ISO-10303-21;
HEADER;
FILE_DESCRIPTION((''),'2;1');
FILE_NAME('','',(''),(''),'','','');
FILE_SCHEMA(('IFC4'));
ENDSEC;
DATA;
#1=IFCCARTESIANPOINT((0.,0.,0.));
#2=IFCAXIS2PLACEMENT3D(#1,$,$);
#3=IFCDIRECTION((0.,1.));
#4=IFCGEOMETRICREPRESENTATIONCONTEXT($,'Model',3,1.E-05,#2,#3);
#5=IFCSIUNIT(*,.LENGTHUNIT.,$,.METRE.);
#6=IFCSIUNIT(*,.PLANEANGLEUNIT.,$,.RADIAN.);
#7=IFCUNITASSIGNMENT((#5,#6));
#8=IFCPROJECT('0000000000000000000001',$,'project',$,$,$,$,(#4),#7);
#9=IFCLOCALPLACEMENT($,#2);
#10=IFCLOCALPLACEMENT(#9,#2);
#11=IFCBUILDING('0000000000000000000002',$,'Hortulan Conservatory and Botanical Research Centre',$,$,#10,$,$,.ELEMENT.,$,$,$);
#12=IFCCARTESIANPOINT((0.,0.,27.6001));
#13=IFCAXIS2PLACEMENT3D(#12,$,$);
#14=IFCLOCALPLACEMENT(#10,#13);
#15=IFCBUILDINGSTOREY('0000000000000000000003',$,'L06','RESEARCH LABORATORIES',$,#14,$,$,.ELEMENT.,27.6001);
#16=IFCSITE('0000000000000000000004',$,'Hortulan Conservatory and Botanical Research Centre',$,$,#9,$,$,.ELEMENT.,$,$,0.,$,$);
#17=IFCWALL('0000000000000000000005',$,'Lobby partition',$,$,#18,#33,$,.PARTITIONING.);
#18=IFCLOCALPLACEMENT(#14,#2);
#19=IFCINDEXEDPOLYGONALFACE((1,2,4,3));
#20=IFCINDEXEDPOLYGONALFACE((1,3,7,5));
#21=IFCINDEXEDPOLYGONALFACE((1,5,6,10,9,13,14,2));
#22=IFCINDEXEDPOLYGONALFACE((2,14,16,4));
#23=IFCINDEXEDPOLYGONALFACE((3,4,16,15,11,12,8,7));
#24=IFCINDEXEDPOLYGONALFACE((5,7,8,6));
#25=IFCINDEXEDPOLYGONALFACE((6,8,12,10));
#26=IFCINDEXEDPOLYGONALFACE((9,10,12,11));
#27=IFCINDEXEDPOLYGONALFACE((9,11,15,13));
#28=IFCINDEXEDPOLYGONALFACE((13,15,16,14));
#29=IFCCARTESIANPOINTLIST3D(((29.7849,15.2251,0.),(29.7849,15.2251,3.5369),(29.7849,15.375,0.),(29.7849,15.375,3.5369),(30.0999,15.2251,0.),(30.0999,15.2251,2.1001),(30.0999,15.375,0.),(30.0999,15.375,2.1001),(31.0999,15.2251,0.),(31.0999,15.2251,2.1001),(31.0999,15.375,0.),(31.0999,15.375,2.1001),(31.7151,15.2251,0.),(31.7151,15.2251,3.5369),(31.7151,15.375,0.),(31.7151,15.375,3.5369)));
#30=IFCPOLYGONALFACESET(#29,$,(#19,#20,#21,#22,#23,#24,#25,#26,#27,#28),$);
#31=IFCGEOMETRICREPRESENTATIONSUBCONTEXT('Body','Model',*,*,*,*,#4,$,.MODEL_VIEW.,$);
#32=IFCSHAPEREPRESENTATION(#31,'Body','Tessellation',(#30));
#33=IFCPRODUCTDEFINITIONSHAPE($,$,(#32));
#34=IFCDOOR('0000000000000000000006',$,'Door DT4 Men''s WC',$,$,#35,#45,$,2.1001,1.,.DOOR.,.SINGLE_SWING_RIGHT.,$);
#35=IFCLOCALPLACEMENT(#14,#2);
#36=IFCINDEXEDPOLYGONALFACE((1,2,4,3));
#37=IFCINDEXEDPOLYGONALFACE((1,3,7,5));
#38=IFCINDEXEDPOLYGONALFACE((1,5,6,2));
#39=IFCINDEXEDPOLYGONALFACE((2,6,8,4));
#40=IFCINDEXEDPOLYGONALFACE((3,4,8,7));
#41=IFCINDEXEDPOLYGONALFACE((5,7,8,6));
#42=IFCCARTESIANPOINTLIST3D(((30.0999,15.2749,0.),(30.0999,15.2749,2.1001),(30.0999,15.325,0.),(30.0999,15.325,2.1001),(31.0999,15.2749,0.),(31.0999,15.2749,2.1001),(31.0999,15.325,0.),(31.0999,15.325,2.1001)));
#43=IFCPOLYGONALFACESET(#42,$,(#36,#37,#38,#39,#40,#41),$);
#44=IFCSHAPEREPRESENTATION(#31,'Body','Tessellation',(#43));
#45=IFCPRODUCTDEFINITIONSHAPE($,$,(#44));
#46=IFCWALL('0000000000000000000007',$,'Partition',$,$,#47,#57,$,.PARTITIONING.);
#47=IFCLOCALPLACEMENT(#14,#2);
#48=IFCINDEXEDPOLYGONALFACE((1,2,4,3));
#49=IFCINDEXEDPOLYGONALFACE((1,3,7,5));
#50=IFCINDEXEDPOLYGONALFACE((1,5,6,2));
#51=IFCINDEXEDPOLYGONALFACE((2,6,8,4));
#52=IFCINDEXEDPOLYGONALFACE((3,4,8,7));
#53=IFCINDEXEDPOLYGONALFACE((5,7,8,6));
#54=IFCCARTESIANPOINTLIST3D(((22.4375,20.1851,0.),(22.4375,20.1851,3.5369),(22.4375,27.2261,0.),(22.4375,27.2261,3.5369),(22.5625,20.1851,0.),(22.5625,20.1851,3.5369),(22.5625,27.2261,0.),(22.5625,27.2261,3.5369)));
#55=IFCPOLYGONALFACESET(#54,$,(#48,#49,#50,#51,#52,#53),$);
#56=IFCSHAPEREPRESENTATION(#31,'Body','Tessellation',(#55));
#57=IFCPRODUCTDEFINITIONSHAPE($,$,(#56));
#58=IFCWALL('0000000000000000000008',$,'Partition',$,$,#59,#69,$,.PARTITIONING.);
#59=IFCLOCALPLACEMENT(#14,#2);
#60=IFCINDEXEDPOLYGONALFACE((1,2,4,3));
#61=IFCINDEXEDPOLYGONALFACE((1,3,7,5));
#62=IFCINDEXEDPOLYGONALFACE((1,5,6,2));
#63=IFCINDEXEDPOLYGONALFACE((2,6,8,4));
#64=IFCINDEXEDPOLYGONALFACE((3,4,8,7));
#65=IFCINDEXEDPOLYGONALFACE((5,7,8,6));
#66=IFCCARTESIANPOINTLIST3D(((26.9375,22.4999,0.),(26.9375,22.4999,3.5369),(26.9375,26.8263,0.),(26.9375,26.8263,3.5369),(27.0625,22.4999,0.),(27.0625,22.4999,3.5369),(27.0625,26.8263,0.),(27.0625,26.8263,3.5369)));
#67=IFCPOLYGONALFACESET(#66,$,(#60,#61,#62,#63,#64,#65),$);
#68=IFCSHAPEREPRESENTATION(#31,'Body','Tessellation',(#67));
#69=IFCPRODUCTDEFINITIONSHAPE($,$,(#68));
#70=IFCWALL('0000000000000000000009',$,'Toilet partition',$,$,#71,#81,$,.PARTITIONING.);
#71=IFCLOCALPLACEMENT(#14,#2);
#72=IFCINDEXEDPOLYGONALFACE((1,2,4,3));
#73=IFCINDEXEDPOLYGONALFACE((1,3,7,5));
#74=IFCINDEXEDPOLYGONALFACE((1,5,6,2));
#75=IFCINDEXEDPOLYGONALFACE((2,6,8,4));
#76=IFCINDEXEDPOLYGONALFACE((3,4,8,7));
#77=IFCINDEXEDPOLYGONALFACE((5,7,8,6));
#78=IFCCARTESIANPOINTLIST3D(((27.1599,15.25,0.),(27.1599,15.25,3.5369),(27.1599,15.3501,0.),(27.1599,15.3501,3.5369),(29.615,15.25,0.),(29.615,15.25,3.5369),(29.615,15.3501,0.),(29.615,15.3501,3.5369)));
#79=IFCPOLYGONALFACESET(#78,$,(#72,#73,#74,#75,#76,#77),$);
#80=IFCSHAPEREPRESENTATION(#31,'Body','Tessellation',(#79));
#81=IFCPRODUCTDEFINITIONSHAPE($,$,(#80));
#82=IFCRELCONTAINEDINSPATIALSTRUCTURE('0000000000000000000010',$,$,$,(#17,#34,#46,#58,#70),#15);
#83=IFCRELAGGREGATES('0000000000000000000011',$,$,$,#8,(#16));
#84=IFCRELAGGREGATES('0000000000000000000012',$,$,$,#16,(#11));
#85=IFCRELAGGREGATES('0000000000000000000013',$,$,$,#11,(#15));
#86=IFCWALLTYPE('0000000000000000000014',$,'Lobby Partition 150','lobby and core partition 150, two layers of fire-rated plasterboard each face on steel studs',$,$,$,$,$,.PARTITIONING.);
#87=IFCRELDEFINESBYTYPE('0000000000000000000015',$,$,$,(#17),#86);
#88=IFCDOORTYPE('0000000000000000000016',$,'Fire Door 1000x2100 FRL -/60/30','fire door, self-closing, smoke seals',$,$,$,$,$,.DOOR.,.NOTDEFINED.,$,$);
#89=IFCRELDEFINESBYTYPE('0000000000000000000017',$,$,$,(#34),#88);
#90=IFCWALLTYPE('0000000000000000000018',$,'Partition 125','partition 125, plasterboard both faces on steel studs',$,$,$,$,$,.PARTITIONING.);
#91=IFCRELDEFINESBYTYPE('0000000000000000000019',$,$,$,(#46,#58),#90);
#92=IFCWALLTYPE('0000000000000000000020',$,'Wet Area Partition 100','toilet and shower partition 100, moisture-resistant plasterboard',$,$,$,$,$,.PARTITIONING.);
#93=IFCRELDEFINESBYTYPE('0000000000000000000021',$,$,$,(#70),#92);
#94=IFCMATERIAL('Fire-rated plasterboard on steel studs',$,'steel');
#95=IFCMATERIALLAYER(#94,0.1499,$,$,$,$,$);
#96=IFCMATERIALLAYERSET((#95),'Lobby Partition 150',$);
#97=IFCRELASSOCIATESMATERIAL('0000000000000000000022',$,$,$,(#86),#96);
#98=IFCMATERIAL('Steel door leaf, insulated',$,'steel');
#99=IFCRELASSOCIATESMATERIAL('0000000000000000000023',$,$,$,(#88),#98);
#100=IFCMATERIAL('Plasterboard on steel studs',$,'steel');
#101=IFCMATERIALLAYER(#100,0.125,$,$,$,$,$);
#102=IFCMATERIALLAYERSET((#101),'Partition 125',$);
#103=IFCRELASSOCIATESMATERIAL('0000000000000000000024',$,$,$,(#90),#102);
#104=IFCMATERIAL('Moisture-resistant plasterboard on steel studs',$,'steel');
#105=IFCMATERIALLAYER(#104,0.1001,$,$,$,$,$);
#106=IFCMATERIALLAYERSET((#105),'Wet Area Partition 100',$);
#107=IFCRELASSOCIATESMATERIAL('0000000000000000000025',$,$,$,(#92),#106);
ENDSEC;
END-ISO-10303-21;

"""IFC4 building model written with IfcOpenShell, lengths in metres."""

from ifc_helpers import new_model, si_unit, direction, frame, frame_2d, origin, place, context, subcontext, project, spatial, rectangle, extrude, material, layer, layer_set, type_object, element, fill, save


model = new_model("IFC4")

# Units and contexts
model_context = context("Model", 3, precision=1e-05, world=origin(), true_north=direction((0.0, 1.0)))
body_context = subcontext(model_context, "Body", "Model", "MODEL_VIEW")
ifc_project = project(units=[si_unit("LENGTHUNIT", "METRE"), si_unit("PLANEANGLEUNIT", "RADIAN")], contexts=[model_context])

# Site, building, storey
site_placement = place(None, origin())
site = spatial("IfcSite", under=ifc_project, at=site_placement, Name="Hortulan Conservatory and Botanical Research Centre", CompositionType="ELEMENT", RefElevation=0.0)
building_placement = place(site_placement, origin())
building = spatial("IfcBuilding", under=site, at=building_placement, Name="Hortulan Conservatory and Botanical Research Centre", CompositionType="ELEMENT")
storey_placement = place(building_placement, frame((0.0, 0.0, 27.6001)))
storey = spatial("IfcBuildingStorey", under=building, at=storey_placement, Name="L06", Description="RESEARCH LABORATORIES", CompositionType="ELEMENT", Elevation=27.6001)

# Shared definitions
ifc_material_1 = material(Name="Plasterboard on steel studs", Category="steel")

# Wall, opening, door
ifc_material_2 = material(Name="Fire-rated plasterboard on steel studs", Category="steel")
ifc_layer_1 = layer(ifc_material_2, 0.1499)
ifc_layer_set_1 = layer_set([ifc_layer_1], Name="Lobby Partition 150")
wall_type_1 = type_object("IfcWallType", Name="Lobby Partition 150", Description="lobby and core partition 150, two layers of fire-rated plasterboard each face on steel studs", PredefinedType="PARTITIONING", material=ifc_layer_set_1)
wall_1_placement = place(storey_placement, frame((29.7849, 15.3, 0.0), z_axis=(0.0, 0.0, 1.0), x_axis=(1.0, 0.0, 0.0)))
wall_1 = element("IfcWall", 1, at=wall_1_placement, inside=storey, type_object=wall_type_1, Name="Lobby partition", PredefinedType="PARTITIONING", context=body_context, shape_type="SweptSolid", body=[
    extrude(rectangle(XDim=1.9302, YDim=0.1499, at=frame_2d((0.9651, 0.0))), origin(), (0.0, 0.0, 1.0), 3.5369),
])
opening_placement = place(wall_1_placement, frame((0.3149, 0.0, 0.0)))
opening = element("IfcOpeningElement", 2, at=opening_placement, cuts=wall_1, PredefinedType="OPENING", context=body_context, shape_type="SweptSolid", body=[
    extrude(rectangle(XDim=1.0, YDim=2.1001, at=frame_2d((0.5, 1.05))), frame((0.0, 0.085, 0.0), z_axis=(0.0, -1.0, 0.0), x_axis=(1.0, 0.0, 0.0)), (0.0, 0.0, 1.0), 0.1699),
])
ifc_material_3 = material(Name="Steel door leaf, insulated", Category="steel")
door_type = type_object("IfcDoorType", Name="Fire Door 1000x2100 FRL -/60/30", Description="fire door, self-closing, smoke seals", OperationType="NOTDEFINED", PredefinedType="DOOR", material=ifc_material_3)
door_placement = place(opening_placement, origin())
door = element("IfcDoor", 3, at=door_placement, inside=storey, type_object=door_type, Name="Door DT4 Men's WC", OperationType="SINGLE_SWING_RIGHT", OverallHeight=2.1001, OverallWidth=1.0, PredefinedType="DOOR", context=body_context, shape_type="SweptSolid", body=[
    extrude(rectangle(XDim=1.0, YDim=2.1001, at=frame_2d((0.5, 1.05))), frame((0.0, 0.0249, 0.0), z_axis=(0.0, -1.0, 0.0), x_axis=(1.0, 0.0, 0.0)), (0.0, 0.0, 1.0), 0.05),
])
fill(opening, door)

# Walls
ifc_layer_2 = layer(ifc_material_1, 0.125)
ifc_layer_set_2 = layer_set([ifc_layer_2], Name="Partition 125")
wall_type_2 = type_object("IfcWallType", Name="Partition 125", Description="partition 125, plasterboard both faces on steel studs", PredefinedType="PARTITIONING", material=ifc_layer_set_2)
wall_2_placement = place(storey_placement, frame((22.5, 20.1851, 0.0), z_axis=(0.0, 0.0, 1.0), x_axis=(0.0, 1.0, 0.0)))
element("IfcWall", 4, at=wall_2_placement, inside=storey, type_object=wall_type_2, Name="Partition", PredefinedType="PARTITIONING", context=body_context, shape_type="SweptSolid", body=[
    extrude(rectangle(XDim=7.041, YDim=0.125, at=frame_2d((3.5205, 0.0))), origin(), (0.0, 0.0, 1.0), 3.5369),
])
wall_3_placement = place(storey_placement, frame((27.0, 22.5, 0.0), z_axis=(0.0, 0.0, 1.0), x_axis=(0.0, 1.0, 0.0)))
element("IfcWall", 5, at=wall_3_placement, inside=storey, type_object=wall_type_2, Name="Partition", PredefinedType="PARTITIONING", context=body_context, shape_type="SweptSolid", body=[
    extrude(rectangle(XDim=4.3264, YDim=0.125, at=frame_2d((2.1631, 0.0))), origin(), (0.0, 0.0, 1.0), 3.5369),
])
ifc_material_4 = material(Name="Moisture-resistant plasterboard on steel studs", Category="steel")
ifc_layer_3 = layer(ifc_material_4, 0.1001)
ifc_layer_set_3 = layer_set([ifc_layer_3], Name="Wet Area Partition 100")
wall_type_3 = type_object("IfcWallType", Name="Wet Area Partition 100", Description="toilet and shower partition 100, moisture-resistant plasterboard", PredefinedType="PARTITIONING", material=ifc_layer_set_3)
wall_4_placement = place(storey_placement, frame((27.1599, 15.3, 0.0), z_axis=(0.0, 0.0, 1.0), x_axis=(1.0, 0.0, 0.0)))
element("IfcWall", 6, at=wall_4_placement, inside=storey, type_object=wall_type_3, Name="Toilet partition", PredefinedType="PARTITIONING", context=body_context, shape_type="SweptSolid", body=[
    extrude(rectangle(XDim=2.4551, YDim=0.1001, at=frame_2d((1.2275, 0.0))), origin(), (0.0, 0.0, 1.0), 3.5369),
])

save(model, "model.ifc")
